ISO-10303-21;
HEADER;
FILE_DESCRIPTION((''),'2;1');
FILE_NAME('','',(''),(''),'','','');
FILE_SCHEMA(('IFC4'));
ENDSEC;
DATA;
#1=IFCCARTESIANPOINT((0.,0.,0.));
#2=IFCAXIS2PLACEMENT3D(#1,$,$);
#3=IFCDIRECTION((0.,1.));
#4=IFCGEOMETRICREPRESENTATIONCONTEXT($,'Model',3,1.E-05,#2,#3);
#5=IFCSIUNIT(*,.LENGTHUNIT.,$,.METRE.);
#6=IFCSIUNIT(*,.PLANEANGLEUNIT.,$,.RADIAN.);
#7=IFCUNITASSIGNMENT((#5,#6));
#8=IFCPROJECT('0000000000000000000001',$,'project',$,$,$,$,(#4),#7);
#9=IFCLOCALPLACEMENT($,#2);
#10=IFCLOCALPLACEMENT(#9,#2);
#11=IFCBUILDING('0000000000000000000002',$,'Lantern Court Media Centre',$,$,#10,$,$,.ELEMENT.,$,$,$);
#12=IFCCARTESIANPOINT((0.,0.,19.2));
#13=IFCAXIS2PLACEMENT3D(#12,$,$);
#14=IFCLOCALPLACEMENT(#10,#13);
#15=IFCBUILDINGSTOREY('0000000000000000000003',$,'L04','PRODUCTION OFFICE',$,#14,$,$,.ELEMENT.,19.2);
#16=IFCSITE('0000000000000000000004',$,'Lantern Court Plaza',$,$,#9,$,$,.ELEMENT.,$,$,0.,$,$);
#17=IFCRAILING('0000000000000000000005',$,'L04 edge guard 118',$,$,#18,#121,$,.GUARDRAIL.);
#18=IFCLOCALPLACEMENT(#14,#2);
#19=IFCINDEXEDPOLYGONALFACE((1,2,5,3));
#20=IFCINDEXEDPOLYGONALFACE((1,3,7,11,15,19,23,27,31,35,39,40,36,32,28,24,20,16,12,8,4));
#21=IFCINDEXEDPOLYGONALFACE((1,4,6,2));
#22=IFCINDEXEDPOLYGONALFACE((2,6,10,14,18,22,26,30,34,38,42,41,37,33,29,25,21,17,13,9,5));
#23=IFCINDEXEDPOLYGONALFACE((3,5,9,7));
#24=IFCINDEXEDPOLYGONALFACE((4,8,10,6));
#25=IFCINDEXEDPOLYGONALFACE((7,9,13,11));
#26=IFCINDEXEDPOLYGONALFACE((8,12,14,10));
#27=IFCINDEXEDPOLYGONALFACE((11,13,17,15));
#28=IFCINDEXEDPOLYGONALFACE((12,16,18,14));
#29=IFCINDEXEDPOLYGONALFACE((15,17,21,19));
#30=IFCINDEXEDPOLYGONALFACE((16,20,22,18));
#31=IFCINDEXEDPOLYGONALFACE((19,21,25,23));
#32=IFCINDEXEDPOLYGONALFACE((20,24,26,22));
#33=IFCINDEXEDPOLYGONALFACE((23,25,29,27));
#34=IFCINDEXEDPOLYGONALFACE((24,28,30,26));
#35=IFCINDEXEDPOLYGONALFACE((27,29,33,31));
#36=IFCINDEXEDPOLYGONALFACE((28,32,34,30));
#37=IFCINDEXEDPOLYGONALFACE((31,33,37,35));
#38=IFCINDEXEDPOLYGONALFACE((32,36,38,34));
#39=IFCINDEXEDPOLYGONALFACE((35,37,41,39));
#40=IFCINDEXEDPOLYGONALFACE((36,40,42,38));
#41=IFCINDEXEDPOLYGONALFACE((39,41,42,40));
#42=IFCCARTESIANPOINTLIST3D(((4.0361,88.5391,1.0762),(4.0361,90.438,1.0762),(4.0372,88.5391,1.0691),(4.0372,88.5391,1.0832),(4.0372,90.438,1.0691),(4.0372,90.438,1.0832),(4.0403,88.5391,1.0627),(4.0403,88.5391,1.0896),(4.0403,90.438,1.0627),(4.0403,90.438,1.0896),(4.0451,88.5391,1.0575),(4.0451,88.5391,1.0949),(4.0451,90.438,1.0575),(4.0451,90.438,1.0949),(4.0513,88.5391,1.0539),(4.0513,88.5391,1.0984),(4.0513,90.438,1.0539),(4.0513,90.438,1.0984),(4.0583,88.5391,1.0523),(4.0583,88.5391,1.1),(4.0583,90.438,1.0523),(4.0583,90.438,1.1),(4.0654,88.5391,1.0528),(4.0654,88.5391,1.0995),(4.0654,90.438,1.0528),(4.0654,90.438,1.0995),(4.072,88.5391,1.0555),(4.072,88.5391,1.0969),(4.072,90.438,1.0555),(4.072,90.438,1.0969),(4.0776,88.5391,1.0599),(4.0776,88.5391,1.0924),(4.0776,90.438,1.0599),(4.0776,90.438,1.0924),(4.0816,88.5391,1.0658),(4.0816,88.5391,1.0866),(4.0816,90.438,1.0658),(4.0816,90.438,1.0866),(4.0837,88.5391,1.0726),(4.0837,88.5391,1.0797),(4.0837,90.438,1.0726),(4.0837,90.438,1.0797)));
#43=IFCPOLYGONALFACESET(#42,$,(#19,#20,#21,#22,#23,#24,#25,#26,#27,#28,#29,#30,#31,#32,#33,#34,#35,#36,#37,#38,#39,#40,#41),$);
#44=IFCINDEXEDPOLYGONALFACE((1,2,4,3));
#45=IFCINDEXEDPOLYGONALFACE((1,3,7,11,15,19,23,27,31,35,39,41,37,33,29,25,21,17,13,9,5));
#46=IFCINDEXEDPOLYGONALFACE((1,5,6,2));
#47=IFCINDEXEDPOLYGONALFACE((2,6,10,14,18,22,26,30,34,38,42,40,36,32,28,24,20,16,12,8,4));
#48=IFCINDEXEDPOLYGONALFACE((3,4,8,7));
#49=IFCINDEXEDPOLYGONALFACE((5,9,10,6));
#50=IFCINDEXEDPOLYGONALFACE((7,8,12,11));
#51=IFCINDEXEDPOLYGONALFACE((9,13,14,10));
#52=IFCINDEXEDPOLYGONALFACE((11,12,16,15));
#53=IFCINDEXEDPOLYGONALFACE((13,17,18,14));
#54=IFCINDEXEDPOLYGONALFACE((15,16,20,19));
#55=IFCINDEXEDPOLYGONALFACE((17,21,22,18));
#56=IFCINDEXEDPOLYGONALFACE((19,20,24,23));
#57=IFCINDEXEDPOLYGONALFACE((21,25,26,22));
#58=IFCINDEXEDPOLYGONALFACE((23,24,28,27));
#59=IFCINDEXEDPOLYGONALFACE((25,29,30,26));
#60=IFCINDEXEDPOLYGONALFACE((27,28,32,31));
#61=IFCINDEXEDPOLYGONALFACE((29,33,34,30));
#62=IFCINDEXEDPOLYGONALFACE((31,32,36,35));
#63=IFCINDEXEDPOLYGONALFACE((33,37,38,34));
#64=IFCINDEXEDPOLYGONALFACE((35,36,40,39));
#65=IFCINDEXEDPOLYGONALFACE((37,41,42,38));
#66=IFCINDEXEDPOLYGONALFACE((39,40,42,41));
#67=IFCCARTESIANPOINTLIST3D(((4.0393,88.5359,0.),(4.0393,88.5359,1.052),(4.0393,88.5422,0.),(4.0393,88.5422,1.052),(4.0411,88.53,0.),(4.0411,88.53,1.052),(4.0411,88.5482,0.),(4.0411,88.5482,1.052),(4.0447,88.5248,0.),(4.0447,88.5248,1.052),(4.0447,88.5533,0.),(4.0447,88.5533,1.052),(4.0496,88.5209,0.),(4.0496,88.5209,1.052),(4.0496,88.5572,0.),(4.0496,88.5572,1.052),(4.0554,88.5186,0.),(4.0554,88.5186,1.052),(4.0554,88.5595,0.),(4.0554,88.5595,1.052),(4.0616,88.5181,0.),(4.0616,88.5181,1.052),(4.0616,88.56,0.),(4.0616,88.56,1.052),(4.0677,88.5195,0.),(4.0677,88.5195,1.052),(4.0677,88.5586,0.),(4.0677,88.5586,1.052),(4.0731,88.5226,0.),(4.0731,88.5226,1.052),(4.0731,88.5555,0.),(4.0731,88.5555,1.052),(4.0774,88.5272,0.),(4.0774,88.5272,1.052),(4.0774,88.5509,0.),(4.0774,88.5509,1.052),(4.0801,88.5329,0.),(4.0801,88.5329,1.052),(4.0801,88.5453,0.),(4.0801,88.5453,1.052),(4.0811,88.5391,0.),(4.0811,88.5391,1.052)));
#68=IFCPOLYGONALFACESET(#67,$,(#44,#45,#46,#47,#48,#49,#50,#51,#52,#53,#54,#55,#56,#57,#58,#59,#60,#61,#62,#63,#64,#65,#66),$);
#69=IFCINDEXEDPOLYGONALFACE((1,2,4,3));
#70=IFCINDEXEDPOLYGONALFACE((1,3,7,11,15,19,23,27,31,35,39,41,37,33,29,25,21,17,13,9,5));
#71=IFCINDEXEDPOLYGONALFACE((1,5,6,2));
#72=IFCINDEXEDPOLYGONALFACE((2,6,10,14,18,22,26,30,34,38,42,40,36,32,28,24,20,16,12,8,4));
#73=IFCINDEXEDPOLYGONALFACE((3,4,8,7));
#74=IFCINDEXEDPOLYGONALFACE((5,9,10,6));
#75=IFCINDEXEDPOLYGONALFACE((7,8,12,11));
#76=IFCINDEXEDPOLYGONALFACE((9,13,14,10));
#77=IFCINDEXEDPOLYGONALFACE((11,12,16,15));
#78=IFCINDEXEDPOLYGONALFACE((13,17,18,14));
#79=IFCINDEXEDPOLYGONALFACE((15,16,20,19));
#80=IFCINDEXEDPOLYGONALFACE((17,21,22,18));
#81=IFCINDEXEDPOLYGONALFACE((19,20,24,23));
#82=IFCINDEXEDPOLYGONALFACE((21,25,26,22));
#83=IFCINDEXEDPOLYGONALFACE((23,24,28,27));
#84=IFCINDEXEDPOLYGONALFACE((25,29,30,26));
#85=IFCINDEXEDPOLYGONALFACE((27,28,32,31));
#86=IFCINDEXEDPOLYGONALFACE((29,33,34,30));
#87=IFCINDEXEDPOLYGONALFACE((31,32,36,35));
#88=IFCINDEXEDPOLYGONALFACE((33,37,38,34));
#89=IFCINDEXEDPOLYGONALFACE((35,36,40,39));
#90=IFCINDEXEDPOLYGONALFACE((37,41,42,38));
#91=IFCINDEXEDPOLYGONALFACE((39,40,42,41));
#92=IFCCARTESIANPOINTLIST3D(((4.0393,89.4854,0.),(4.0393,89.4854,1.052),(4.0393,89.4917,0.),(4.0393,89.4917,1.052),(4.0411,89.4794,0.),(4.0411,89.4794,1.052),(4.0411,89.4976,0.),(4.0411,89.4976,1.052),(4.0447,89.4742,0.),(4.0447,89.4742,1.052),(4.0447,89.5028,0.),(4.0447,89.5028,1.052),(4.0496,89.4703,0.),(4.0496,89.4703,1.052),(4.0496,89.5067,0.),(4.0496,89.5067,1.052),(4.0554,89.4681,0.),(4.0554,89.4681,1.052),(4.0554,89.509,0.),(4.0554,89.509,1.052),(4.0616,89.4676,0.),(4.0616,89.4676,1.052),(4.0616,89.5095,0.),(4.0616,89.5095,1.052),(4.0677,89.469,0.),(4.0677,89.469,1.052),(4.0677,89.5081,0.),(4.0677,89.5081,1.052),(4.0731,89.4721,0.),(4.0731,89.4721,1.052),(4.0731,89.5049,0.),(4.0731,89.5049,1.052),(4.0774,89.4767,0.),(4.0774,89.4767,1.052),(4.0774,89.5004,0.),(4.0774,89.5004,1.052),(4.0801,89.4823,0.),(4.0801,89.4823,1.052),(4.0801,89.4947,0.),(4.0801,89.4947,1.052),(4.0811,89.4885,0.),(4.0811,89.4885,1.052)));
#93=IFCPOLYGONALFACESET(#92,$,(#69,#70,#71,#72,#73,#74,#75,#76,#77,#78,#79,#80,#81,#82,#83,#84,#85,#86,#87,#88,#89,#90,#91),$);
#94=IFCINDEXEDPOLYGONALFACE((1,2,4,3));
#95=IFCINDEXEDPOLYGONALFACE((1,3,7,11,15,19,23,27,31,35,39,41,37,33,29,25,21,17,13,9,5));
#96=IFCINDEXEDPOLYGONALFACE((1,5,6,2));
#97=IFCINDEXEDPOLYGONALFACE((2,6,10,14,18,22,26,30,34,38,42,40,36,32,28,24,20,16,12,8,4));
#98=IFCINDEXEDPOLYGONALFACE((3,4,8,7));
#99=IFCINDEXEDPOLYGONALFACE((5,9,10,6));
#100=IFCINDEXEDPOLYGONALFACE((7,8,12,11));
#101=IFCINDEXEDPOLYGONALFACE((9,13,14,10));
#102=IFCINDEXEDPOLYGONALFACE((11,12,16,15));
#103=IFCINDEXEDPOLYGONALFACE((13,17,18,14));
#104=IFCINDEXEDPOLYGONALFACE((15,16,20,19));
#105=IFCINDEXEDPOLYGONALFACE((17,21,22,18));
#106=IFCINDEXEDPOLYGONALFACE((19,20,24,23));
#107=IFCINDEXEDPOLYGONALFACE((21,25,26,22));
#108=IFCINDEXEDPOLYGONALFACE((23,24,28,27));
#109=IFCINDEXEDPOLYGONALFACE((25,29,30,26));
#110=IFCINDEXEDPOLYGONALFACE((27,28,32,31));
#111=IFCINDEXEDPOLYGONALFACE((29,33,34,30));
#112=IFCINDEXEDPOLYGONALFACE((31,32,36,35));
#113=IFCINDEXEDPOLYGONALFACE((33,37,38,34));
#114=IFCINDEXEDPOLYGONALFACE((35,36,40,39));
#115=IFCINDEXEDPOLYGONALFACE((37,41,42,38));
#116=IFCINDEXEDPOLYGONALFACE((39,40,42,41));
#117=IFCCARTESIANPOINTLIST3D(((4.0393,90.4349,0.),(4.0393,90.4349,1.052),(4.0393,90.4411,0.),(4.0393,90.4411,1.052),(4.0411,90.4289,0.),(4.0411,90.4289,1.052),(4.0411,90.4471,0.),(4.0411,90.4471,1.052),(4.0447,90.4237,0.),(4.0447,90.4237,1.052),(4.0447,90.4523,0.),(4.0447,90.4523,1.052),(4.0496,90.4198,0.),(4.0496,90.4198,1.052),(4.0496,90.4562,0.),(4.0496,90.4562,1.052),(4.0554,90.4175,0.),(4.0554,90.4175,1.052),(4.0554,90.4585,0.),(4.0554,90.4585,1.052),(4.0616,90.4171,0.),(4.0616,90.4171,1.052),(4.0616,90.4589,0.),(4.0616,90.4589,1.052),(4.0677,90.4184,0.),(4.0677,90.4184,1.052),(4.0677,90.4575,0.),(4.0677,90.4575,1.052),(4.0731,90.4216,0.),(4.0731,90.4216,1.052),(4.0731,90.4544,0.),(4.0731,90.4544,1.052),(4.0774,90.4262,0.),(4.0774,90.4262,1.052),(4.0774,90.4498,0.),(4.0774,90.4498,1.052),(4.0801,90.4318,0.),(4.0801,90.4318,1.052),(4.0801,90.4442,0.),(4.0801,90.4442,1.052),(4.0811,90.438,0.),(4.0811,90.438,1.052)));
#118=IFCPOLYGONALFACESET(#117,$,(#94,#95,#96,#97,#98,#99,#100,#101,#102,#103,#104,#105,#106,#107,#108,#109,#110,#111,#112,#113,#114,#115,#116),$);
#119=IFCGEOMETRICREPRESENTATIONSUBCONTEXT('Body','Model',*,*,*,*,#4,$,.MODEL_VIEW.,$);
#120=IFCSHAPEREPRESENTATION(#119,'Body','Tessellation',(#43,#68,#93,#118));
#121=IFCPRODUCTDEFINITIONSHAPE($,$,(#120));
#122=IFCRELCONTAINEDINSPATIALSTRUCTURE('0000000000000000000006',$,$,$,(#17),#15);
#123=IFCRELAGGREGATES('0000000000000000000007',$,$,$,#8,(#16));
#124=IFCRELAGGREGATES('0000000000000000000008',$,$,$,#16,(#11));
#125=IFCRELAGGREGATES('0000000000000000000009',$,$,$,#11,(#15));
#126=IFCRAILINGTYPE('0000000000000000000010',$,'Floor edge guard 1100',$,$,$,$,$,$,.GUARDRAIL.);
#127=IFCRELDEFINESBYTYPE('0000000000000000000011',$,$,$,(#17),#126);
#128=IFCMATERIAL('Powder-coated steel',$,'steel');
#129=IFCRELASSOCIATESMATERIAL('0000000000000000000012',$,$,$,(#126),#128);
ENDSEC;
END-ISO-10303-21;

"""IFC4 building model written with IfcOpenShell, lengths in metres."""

from ifc_helpers import new_model, si_unit, direction, frame, origin, origin_2d, place, context, subcontext, project, spatial, circle, extrude, material, type_object, element, save


model = new_model("IFC4")

# Units and contexts
model_context = context("Model", 3, precision=1e-05, world=origin(), true_north=direction((0.0, 1.0)))
body_context = subcontext(model_context, "Body", "Model", "MODEL_VIEW")
ifc_project = project(units=[si_unit("LENGTHUNIT", "METRE"), si_unit("PLANEANGLEUNIT", "RADIAN")], contexts=[model_context])

# Site, building, storey
site_placement = place(None, origin())
site = spatial("IfcSite", under=ifc_project, at=site_placement, Name="Lantern Court Plaza", CompositionType="ELEMENT", RefElevation=0.0)
building_placement = place(site_placement, origin())
building = spatial("IfcBuilding", under=site, at=building_placement, Name="Lantern Court Media Centre", CompositionType="ELEMENT")
storey_placement = place(building_placement, frame((0.0, 0.0, 19.2)))
storey = spatial("IfcBuildingStorey", under=building, at=storey_placement, Name="L04", Description="PRODUCTION OFFICE", CompositionType="ELEMENT", Elevation=19.2)

# Railing
ifc_material_1 = material(Name="Powder-coated steel", Category="steel")
railing_type = type_object("IfcRailingType", Name="Floor edge guard 1100", PredefinedType="GUARDRAIL", material=ifc_material_1)
railing_1_placement = place(storey_placement, frame((4.0601, 88.5391, 0.0)))
element("IfcRailing", 1, at=railing_1_placement, inside=storey, type_object=railing_type, Name="L04 edge guard 118", PredefinedType="GUARDRAIL", context=body_context, shape_type="SweptSolid", body=[
    extrude(circle(Radius=0.0239, at=origin_2d()), frame((0.0, 0.0, 1.0762), z_axis=(0.0, 1.0, 0.0), x_axis=(-1.0, 0.0, 0.0)), (0.0, 0.0, 1.0), 1.8989),
    extrude(circle(Radius=0.021, at=origin_2d()), origin(), (0.0, 0.0, 1.0), 1.052),
    extrude(circle(Radius=0.021, at=origin_2d()), frame((0.0, 0.9495, 0.0)), (0.0, 0.0, 1.0), 1.052),
    extrude(circle(Radius=0.021, at=origin_2d()), frame((0.0, 1.8989, 0.0)), (0.0, 0.0, 1.0), 1.052),
])

save(model, "model.ifc")
